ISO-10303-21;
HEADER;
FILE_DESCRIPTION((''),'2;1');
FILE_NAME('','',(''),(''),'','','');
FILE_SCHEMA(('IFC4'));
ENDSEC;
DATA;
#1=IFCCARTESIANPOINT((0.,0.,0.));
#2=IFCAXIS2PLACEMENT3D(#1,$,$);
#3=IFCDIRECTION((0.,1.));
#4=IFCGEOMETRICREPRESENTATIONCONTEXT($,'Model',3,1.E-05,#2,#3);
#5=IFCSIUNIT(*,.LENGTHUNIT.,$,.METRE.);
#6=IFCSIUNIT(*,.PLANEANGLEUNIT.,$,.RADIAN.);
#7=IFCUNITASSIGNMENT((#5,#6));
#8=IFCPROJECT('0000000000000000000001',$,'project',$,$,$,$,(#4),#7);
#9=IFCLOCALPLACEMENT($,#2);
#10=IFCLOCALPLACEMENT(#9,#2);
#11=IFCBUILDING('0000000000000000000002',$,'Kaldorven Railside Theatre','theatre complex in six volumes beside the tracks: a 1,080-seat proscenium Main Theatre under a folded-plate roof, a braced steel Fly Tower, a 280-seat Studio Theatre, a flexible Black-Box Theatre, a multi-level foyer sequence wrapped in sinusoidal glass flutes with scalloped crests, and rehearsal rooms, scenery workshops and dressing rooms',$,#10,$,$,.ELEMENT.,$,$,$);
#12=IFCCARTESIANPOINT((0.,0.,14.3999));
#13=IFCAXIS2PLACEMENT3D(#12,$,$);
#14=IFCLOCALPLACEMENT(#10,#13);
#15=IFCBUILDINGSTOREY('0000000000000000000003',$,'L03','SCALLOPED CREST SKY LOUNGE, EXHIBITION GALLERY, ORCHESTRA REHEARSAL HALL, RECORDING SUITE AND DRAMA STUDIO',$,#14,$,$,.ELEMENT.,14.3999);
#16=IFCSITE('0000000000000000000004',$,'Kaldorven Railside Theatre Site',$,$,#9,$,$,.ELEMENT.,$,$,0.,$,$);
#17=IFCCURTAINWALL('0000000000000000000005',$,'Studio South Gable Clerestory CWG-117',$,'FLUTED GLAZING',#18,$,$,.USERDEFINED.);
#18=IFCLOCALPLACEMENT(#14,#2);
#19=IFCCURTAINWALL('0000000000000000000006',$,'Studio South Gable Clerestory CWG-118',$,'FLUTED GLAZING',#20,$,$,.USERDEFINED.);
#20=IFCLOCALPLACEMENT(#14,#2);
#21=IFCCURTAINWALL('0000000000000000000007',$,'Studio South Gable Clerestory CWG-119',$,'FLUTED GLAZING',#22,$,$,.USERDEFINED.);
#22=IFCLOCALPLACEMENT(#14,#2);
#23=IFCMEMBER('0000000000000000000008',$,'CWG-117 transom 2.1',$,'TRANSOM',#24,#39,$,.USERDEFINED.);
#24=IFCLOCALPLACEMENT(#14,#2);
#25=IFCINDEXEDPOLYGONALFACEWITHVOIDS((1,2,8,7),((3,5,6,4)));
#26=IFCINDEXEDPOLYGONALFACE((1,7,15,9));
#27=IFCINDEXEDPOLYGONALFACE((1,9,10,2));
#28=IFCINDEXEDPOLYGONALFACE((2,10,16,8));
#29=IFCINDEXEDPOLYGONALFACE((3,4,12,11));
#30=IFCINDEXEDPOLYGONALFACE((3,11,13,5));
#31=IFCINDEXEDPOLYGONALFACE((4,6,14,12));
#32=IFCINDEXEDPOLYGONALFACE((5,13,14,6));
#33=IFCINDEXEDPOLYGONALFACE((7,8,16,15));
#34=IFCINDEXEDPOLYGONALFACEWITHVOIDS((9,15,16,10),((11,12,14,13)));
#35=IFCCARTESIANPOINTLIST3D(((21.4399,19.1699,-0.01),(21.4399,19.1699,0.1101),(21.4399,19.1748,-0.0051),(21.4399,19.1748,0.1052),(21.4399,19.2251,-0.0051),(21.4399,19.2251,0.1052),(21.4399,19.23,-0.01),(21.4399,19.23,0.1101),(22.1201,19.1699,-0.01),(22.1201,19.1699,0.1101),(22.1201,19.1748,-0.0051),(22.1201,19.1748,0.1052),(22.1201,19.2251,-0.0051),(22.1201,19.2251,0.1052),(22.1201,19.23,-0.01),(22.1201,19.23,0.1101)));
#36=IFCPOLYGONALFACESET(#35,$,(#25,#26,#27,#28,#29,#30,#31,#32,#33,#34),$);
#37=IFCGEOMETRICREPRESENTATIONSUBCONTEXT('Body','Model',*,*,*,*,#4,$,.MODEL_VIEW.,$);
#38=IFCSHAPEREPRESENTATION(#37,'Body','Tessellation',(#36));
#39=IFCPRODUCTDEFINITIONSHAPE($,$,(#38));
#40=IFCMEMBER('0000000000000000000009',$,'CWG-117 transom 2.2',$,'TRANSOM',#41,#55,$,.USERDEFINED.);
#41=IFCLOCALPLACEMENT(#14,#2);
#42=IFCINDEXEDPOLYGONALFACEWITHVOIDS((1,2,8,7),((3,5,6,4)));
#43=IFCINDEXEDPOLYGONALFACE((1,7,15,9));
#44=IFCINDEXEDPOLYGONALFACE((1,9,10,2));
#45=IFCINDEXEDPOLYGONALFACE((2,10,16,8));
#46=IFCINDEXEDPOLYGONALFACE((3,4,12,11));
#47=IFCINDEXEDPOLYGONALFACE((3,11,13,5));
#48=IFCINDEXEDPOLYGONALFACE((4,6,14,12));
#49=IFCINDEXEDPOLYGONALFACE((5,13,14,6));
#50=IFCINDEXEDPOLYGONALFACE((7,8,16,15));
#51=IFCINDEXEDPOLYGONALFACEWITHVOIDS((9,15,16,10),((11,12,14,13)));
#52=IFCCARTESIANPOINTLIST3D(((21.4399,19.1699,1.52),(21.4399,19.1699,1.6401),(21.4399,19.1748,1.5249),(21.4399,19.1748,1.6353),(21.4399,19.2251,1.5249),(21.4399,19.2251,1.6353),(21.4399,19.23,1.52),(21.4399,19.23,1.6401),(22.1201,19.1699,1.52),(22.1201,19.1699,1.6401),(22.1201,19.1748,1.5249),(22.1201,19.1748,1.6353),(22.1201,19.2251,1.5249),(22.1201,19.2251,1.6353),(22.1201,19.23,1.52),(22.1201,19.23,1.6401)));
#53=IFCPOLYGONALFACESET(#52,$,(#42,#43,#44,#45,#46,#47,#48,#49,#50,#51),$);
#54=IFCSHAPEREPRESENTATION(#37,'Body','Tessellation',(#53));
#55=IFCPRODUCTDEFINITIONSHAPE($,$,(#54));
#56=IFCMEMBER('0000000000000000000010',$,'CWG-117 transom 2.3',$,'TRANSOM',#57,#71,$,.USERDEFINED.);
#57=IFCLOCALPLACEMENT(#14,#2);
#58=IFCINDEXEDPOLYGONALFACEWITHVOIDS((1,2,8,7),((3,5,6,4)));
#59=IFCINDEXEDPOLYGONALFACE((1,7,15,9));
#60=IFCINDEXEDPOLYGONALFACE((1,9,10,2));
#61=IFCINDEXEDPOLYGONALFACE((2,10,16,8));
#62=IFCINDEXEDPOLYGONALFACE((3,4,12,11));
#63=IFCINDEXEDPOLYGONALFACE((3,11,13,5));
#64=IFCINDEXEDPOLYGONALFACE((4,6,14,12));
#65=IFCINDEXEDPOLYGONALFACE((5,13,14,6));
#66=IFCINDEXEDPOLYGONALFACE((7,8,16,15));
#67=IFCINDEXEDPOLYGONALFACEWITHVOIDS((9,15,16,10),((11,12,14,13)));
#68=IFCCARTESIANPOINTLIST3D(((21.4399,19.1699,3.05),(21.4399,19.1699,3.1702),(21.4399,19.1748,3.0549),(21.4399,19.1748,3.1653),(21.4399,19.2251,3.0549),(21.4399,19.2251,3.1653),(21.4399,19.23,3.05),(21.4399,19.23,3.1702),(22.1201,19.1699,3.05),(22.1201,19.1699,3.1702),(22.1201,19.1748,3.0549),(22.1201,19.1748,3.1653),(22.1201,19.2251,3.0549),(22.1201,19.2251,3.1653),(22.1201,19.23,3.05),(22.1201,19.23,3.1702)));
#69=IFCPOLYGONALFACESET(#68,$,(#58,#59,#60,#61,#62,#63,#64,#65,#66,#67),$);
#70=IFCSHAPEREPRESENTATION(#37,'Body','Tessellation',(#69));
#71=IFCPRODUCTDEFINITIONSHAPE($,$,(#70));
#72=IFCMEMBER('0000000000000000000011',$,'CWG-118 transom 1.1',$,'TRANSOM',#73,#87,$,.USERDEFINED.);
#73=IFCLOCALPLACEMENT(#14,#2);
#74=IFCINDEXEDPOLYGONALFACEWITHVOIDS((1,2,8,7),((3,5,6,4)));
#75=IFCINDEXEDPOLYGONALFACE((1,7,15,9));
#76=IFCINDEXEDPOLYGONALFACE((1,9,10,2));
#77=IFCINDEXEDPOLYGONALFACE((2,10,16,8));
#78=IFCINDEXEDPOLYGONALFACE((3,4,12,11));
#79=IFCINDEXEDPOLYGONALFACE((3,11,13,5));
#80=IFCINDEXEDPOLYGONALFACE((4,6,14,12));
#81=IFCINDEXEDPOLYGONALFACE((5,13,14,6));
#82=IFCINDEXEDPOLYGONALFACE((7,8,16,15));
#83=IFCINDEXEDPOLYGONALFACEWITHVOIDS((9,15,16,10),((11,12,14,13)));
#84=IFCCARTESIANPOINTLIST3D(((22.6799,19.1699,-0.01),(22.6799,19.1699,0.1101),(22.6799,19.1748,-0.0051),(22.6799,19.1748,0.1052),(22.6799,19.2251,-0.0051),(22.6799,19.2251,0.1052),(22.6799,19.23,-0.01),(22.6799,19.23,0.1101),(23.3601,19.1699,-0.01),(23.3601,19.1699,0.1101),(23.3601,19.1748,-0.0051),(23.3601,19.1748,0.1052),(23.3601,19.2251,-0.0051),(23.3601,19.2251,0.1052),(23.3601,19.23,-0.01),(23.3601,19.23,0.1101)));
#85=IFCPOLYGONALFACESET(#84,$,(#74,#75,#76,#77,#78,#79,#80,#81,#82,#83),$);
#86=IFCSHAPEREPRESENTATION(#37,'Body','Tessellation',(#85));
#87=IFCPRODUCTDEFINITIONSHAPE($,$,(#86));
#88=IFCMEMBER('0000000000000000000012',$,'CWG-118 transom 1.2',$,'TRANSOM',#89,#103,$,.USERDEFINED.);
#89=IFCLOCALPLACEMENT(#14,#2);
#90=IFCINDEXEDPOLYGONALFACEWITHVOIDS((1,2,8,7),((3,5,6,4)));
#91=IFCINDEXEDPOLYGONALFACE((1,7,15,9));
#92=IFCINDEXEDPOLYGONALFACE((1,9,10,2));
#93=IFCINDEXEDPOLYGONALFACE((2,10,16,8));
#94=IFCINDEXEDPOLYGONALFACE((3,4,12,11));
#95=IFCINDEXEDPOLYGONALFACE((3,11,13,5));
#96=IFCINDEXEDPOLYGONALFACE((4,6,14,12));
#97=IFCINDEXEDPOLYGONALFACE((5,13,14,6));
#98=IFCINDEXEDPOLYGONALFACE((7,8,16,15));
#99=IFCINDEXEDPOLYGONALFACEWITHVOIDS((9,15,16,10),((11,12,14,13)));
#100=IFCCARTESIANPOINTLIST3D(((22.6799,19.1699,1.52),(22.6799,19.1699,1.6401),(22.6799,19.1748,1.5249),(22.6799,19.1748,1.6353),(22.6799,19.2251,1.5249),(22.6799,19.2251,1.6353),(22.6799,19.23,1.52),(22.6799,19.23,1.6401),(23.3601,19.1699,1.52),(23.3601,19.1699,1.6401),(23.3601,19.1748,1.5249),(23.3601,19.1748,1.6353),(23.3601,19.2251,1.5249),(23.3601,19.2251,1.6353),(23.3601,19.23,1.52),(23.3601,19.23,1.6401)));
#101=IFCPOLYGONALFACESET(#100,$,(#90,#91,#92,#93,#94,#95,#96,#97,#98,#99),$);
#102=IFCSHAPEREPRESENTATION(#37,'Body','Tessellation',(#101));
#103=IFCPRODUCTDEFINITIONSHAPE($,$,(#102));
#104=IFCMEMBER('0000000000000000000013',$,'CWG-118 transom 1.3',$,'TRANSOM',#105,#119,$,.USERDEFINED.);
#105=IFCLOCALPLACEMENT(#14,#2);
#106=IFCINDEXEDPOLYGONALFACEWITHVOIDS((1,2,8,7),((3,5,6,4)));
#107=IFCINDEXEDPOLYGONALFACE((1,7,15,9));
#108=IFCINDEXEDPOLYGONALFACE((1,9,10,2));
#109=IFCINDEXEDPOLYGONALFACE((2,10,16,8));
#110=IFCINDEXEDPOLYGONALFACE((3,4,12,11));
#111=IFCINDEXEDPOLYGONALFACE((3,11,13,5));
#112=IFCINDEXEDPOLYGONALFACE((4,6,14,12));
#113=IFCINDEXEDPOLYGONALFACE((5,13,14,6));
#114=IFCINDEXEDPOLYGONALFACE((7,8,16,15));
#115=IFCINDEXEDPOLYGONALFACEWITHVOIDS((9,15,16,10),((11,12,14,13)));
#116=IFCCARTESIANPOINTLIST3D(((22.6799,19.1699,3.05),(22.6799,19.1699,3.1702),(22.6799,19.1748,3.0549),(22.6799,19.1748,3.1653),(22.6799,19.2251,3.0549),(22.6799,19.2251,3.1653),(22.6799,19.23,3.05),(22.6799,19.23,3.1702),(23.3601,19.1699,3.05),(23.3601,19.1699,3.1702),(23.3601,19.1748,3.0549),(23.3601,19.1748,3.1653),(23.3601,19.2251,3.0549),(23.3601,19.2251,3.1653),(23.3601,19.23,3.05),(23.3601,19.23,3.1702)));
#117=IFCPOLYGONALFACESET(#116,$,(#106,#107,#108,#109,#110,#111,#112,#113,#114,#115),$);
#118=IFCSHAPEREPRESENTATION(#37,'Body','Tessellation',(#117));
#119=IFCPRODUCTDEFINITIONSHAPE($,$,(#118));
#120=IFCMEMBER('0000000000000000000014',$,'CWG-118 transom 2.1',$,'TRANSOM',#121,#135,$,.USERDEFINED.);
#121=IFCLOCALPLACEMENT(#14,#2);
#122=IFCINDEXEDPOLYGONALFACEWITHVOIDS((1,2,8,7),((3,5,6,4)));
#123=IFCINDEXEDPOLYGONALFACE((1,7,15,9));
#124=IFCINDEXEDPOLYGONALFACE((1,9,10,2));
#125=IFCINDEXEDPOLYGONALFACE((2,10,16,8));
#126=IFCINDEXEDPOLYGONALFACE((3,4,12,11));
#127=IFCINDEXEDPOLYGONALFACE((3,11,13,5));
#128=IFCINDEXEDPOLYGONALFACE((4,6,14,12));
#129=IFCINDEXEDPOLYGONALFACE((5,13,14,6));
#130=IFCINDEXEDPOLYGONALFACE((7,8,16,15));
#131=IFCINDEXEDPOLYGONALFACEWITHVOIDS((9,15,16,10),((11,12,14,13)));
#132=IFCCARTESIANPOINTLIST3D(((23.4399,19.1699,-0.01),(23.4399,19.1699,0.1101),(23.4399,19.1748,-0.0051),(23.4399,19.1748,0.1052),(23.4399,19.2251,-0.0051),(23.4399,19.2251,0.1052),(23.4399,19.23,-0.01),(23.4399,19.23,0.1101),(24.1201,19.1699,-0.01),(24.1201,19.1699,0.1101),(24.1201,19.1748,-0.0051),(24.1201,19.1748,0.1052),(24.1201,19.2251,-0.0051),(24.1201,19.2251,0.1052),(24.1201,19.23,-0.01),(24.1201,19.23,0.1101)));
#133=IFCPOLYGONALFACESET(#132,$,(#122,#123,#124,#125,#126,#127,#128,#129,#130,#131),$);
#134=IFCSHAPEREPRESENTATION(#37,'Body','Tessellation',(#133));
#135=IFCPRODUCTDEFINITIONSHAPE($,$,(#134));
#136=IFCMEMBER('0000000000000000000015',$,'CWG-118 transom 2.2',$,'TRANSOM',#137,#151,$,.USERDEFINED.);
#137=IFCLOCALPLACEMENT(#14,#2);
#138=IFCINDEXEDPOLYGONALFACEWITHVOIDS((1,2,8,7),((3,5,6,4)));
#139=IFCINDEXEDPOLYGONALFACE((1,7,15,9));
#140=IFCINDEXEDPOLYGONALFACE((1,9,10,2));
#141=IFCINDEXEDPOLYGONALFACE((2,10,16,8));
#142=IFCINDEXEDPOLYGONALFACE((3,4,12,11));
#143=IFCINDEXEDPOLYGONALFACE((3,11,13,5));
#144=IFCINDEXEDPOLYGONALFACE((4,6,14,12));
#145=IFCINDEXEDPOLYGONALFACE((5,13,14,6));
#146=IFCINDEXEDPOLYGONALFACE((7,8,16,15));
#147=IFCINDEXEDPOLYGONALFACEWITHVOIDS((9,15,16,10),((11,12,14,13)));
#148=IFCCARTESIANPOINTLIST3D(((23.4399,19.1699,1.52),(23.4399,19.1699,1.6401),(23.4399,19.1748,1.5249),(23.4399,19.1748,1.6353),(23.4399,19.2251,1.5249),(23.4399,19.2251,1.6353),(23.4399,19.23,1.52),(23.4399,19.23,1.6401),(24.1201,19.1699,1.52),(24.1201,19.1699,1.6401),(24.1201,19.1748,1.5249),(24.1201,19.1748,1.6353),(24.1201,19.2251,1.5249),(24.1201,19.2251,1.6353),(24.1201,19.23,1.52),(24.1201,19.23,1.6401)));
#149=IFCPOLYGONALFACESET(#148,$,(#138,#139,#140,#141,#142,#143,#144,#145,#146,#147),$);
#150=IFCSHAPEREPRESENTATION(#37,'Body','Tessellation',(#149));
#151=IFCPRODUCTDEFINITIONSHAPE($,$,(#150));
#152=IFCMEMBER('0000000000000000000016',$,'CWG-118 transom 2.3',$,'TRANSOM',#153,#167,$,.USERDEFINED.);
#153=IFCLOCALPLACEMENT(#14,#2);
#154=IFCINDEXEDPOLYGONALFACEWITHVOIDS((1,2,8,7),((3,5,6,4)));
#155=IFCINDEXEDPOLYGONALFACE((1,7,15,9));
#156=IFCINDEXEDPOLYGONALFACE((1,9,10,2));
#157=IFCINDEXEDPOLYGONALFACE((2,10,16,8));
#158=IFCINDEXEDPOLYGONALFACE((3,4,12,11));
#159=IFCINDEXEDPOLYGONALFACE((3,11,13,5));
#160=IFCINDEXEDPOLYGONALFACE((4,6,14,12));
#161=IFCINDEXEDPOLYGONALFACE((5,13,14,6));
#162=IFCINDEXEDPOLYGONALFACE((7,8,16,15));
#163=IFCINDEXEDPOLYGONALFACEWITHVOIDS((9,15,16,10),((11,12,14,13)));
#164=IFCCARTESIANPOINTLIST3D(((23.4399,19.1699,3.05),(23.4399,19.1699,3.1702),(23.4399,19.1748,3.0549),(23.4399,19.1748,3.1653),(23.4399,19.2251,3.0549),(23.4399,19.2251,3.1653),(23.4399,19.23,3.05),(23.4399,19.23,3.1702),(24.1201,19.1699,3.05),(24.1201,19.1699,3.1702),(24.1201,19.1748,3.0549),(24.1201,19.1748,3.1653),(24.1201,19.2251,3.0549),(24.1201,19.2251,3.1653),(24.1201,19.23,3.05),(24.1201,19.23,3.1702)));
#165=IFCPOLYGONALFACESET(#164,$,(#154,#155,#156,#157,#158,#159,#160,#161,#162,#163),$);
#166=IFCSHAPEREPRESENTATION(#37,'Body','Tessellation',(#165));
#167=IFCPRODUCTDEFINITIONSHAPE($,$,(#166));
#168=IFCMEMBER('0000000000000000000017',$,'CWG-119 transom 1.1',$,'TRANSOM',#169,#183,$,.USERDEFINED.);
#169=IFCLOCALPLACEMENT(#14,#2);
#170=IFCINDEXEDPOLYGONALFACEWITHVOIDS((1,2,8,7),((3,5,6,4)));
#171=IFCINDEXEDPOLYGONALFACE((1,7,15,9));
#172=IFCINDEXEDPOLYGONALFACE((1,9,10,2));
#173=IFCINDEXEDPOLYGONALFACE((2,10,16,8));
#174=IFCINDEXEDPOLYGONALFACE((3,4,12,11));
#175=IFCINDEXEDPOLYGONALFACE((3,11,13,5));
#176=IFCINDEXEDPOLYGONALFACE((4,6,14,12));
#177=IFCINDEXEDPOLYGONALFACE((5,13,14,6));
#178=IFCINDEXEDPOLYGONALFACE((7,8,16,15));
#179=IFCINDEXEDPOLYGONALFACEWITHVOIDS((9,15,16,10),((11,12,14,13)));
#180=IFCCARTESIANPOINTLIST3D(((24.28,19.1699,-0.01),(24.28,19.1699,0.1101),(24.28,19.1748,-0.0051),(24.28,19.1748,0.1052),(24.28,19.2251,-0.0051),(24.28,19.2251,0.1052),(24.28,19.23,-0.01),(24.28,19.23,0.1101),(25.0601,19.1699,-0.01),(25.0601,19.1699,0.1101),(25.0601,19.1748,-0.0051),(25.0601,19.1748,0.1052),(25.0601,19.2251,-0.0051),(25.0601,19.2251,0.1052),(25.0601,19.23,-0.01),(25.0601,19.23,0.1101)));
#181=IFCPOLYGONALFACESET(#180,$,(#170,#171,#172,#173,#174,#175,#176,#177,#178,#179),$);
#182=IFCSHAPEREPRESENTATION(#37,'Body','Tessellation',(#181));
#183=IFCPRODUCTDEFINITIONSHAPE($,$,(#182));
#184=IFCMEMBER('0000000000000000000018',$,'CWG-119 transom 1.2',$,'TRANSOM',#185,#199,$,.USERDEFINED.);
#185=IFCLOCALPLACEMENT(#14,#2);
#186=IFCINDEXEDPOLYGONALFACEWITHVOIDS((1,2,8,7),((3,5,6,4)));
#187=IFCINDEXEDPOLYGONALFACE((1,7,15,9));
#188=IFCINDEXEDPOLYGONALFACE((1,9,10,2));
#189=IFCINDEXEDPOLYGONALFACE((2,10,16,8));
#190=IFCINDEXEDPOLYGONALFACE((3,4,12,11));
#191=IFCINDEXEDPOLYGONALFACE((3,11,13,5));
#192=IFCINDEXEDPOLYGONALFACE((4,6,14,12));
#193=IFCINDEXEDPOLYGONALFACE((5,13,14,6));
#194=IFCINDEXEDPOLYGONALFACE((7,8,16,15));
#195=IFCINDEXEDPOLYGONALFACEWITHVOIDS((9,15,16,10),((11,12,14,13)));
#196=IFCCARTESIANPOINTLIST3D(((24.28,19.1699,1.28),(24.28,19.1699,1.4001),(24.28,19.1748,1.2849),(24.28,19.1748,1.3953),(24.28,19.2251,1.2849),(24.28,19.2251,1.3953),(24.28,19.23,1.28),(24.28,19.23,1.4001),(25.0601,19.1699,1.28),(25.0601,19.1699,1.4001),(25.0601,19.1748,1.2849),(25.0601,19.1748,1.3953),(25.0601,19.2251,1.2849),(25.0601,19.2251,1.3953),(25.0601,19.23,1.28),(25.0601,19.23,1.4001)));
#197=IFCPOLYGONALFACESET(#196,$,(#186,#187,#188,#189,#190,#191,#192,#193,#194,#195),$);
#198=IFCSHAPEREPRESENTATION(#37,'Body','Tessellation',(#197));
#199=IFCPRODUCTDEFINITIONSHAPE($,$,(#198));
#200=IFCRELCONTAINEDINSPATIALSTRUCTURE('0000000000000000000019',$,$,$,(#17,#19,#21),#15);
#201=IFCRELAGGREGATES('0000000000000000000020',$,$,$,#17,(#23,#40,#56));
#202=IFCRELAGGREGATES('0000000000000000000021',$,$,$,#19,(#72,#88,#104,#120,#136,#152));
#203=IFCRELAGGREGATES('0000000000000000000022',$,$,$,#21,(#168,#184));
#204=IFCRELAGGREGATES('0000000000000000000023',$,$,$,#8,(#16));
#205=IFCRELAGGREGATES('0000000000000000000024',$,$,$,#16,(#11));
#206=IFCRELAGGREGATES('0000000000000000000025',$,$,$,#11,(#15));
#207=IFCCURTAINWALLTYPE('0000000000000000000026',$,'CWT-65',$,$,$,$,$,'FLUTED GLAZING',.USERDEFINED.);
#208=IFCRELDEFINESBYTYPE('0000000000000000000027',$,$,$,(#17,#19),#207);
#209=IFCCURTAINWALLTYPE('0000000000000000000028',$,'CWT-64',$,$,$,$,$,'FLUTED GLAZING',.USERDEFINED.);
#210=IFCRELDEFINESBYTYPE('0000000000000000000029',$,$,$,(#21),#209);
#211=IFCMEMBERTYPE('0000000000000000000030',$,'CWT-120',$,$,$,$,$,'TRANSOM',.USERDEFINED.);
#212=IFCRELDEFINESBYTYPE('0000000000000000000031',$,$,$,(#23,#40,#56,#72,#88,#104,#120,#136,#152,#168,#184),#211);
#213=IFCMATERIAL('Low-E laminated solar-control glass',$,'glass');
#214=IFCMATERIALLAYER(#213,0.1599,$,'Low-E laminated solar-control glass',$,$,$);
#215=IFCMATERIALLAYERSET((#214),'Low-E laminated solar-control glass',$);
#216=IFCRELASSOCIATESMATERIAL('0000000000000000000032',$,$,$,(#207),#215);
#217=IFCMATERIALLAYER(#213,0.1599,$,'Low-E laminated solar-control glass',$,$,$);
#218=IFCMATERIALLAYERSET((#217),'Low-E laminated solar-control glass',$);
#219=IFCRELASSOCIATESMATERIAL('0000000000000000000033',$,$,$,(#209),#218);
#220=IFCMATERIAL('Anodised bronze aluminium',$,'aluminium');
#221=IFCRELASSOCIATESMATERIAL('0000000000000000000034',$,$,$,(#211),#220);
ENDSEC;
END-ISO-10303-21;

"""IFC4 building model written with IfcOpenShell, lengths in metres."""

from ifc_helpers import new_model, si_unit, direction, frame, origin, origin_2d, place, context, subcontext, project, spatial, hollow_rectangle, extrude, material, layer, layer_set, material_profile, profile_set, type_object, element, aggregate, save


model = new_model("IFC4")

# Units and contexts
model_context = context("Model", 3, precision=1e-05, world=origin(), true_north=direction((0.0, 1.0)))
body_context = subcontext(model_context, "Body", "Model", "MODEL_VIEW")
ifc_project = project(units=[si_unit("LENGTHUNIT", "METRE"), si_unit("PLANEANGLEUNIT", "RADIAN")], contexts=[model_context])

# Site, building, storey
site_placement = place(None, origin())
site = spatial("IfcSite", under=ifc_project, at=site_placement, Name="Kaldorven Railside Theatre Site", CompositionType="ELEMENT", RefElevation=0.0)
building_placement = place(site_placement, origin())
building = spatial("IfcBuilding", under=site, at=building_placement, Name="Kaldorven Railside Theatre", Description="theatre complex in six volumes beside the tracks: a 1,080-seat proscenium Main Theatre under a folded-plate roof, a braced steel Fly Tower, a 280-seat Studio Theatre, a flexible Black-Box Theatre, a multi-level foyer sequence wrapped in sinusoidal glass flutes with scalloped crests, and rehearsal rooms, scenery workshops and dressing rooms", CompositionType="ELEMENT")
storey_placement = place(building_placement, frame((0.0, 0.0, 14.3999)))
storey = spatial("IfcBuildingStorey", under=building, at=storey_placement, Name="L03", Description="SCALLOPED CREST SKY LOUNGE, EXHIBITION GALLERY, ORCHESTRA REHEARSAL HALL, RECORDING SUITE AND DRAMA STUDIO", CompositionType="ELEMENT", Elevation=14.3999)

# Curtain walls
ifc_material_1 = material(Name="Low-E laminated solar-control glass", Category="glass")
ifc_layer_1 = layer(ifc_material_1, 0.1599, Name="Low-E laminated solar-control glass")
ifc_layer_set_1 = layer_set([ifc_layer_1], Name="Low-E laminated solar-control glass")
curtain_wall_type_1 = type_object("IfcCurtainWallType", Name="CWT-65", ElementType="FLUTED GLAZING", PredefinedType="USERDEFINED", material=ifc_layer_set_1)
curtain_wall_1_placement = place(storey_placement, origin())
curtain_wall_1 = element("IfcCurtainWall", 1, at=curtain_wall_1_placement, inside=storey, type_object=curtain_wall_type_1, Name="Studio South Gable Clerestory CWG-117", ObjectType="FLUTED GLAZING", PredefinedType="USERDEFINED")
ifc_material_2 = material(Name="Anodised bronze aluminium", Category="aluminium")
curtain_wall_2_placement = place(storey_placement, origin())
curtain_wall_2 = element("IfcCurtainWall", 2, at=curtain_wall_2_placement, inside=storey, type_object=curtain_wall_type_1, Name="Studio South Gable Clerestory CWG-118", ObjectType="FLUTED GLAZING", PredefinedType="USERDEFINED")
ifc_layer_2 = layer(ifc_material_1, 0.1599, Name="Low-E laminated solar-control glass")
ifc_layer_set_2 = layer_set([ifc_layer_2], Name="Low-E laminated solar-control glass")
curtain_wall_type_2 = type_object("IfcCurtainWallType", Name="CWT-64", ElementType="FLUTED GLAZING", PredefinedType="USERDEFINED", material=ifc_layer_set_2)
curtain_wall_3_placement = place(storey_placement, origin())
curtain_wall_3 = element("IfcCurtainWall", 3, at=curtain_wall_3_placement, inside=storey, type_object=curtain_wall_type_2, Name="Studio South Gable Clerestory CWG-119", ObjectType="FLUTED GLAZING", PredefinedType="USERDEFINED")

# Members
ifc_material_profile_1 = material_profile(ifc_material_2, hollow_rectangle(XDim=0.0601, YDim=0.1201, WallThickness=0.0049, at=origin_2d()), Name="RHS 120x60x5")
ifc_profile_set_1 = profile_set([ifc_material_profile_1], Name="Anodised bronze aluminium")
member_type_1 = type_object("IfcMemberType", Name="CWT-120", ElementType="TRANSOM", PredefinedType="USERDEFINED", material=ifc_profile_set_1)
member_1_placement = place(storey_placement, frame((21.4399, 19.2, 0.05), z_axis=(1.0, 0.0, 0.0), x_axis=(0.0, 1.0, 0.0)))
member_1 = element("IfcMember", 4, at=member_1_placement, type_object=member_type_1, Name="CWG-117 transom 2.1", ObjectType="TRANSOM", PredefinedType="USERDEFINED", context=body_context, shape_type="SweptSolid", body=[
    extrude(hollow_rectangle(XDim=0.0601, YDim=0.1201, WallThickness=0.0049, at=origin_2d()), origin(), (0.0, 0.0, 1.0), 0.6802),
])
member_2_placement = place(storey_placement, frame((21.4399, 19.2, 1.5801), z_axis=(1.0, 0.0, 0.0), x_axis=(0.0, 1.0, 0.0)))
member_2 = element("IfcMember", 5, at=member_2_placement, type_object=member_type_1, Name="CWG-117 transom 2.2", ObjectType="TRANSOM", PredefinedType="USERDEFINED", context=body_context, shape_type="SweptSolid", body=[
    extrude(hollow_rectangle(XDim=0.0601, YDim=0.1201, WallThickness=0.0049, at=origin_2d()), origin(), (0.0, 0.0, 1.0), 0.6802),
])
member_3_placement = place(storey_placement, frame((21.4399, 19.2, 3.1101), z_axis=(1.0, 0.0, 0.0), x_axis=(0.0, 1.0, 0.0)))
member_3 = element("IfcMember", 6, at=member_3_placement, type_object=member_type_1, Name="CWG-117 transom 2.3", ObjectType="TRANSOM", PredefinedType="USERDEFINED", context=body_context, shape_type="SweptSolid", body=[
    extrude(hollow_rectangle(XDim=0.0601, YDim=0.1201, WallThickness=0.0049, at=origin_2d()), origin(), (0.0, 0.0, 1.0), 0.6802),
])
member_4_placement = place(storey_placement, frame((22.6799, 19.2, 0.05), z_axis=(1.0, 0.0, 0.0), x_axis=(0.0, 1.0, 0.0)))
member_4 = element("IfcMember", 7, at=member_4_placement, type_object=member_type_1, Name="CWG-118 transom 1.1", ObjectType="TRANSOM", PredefinedType="USERDEFINED", context=body_context, shape_type="SweptSolid", body=[
    extrude(hollow_rectangle(XDim=0.0601, YDim=0.1201, WallThickness=0.0049, at=origin_2d()), origin(), (0.0, 0.0, 1.0), 0.6802),
])
member_5_placement = place(storey_placement, frame((22.6799, 19.2, 1.5801), z_axis=(1.0, 0.0, 0.0), x_axis=(0.0, 1.0, 0.0)))
member_5 = element("IfcMember", 8, at=member_5_placement, type_object=member_type_1, Name="CWG-118 transom 1.2", ObjectType="TRANSOM", PredefinedType="USERDEFINED", context=body_context, shape_type="SweptSolid", body=[
    extrude(hollow_rectangle(XDim=0.0601, YDim=0.1201, WallThickness=0.0049, at=origin_2d()), origin(), (0.0, 0.0, 1.0), 0.6802),
])
member_6_placement = place(storey_placement, frame((22.6799, 19.2, 3.1101), z_axis=(1.0, 0.0, 0.0), x_axis=(0.0, 1.0, 0.0)))
member_6 = element("IfcMember", 9, at=member_6_placement, type_object=member_type_1, Name="CWG-118 transom 1.3", ObjectType="TRANSOM", PredefinedType="USERDEFINED", context=body_context, shape_type="SweptSolid", body=[
    extrude(hollow_rectangle(XDim=0.0601, YDim=0.1201, WallThickness=0.0049, at=origin_2d()), origin(), (0.0, 0.0, 1.0), 0.6802),
])
member_7_placement = place(storey_placement, frame((23.4399, 19.2, 0.05), z_axis=(1.0, 0.0, 0.0), x_axis=(0.0, 1.0, 0.0)))
member_7 = element("IfcMember", 10, at=member_7_placement, type_object=member_type_1, Name="CWG-118 transom 2.1", ObjectType="TRANSOM", PredefinedType="USERDEFINED", context=body_context, shape_type="SweptSolid", body=[
    extrude(hollow_rectangle(XDim=0.0601, YDim=0.1201, WallThickness=0.0049, at=origin_2d()), origin(), (0.0, 0.0, 1.0), 0.6802),
])
member_8_placement = place(storey_placement, frame((23.4399, 19.2, 1.5801), z_axis=(1.0, 0.0, 0.0), x_axis=(0.0, 1.0, 0.0)))
member_8 = element("IfcMember", 11, at=member_8_placement, type_object=member_type_1, Name="CWG-118 transom 2.2", ObjectType="TRANSOM", PredefinedType="USERDEFINED", context=body_context, shape_type="SweptSolid", body=[
    extrude(hollow_rectangle(XDim=0.0601, YDim=0.1201, WallThickness=0.0049, at=origin_2d()), origin(), (0.0, 0.0, 1.0), 0.6802),
])
member_9_placement = place(storey_placement, frame((23.4399, 19.2, 3.1101), z_axis=(1.0, 0.0, 0.0), x_axis=(0.0, 1.0, 0.0)))
member_9 = element("IfcMember", 12, at=member_9_placement, type_object=member_type_1, Name="CWG-118 transom 2.3", ObjectType="TRANSOM", PredefinedType="USERDEFINED", context=body_context, shape_type="SweptSolid", body=[
    extrude(hollow_rectangle(XDim=0.0601, YDim=0.1201, WallThickness=0.0049, at=origin_2d()), origin(), (0.0, 0.0, 1.0), 0.6802),
])
member_10_placement = place(storey_placement, frame((24.28, 19.2, 0.05), z_axis=(1.0, 0.0, 0.0), x_axis=(0.0, 1.0, 0.0)))
member_10 = element("IfcMember", 13, at=member_10_placement, type_object=member_type_1, Name="CWG-119 transom 1.1", ObjectType="TRANSOM", PredefinedType="USERDEFINED", context=body_context, shape_type="SweptSolid", body=[
    extrude(hollow_rectangle(XDim=0.0601, YDim=0.1201, WallThickness=0.0049, at=origin_2d()), origin(), (0.0, 0.0, 1.0), 0.78),
])
member_11_placement = place(storey_placement, frame((24.28, 19.2, 1.3401), z_axis=(1.0, 0.0, 0.0), x_axis=(0.0, 1.0, 0.0)))
member_11 = element("IfcMember", 14, at=member_11_placement, type_object=member_type_1, Name="CWG-119 transom 1.2", ObjectType="TRANSOM", PredefinedType="USERDEFINED", context=body_context, shape_type="SweptSolid", body=[
    extrude(hollow_rectangle(XDim=0.0601, YDim=0.1201, WallThickness=0.0049, at=origin_2d()), origin(), (0.0, 0.0, 1.0), 0.78),
])

aggregate(curtain_wall_1, [member_1, member_2, member_3])
aggregate(curtain_wall_2, [member_4, member_5, member_6, member_7, member_8, member_9])
aggregate(curtain_wall_3, [member_10, member_11])

save(model, "model.ifc")
